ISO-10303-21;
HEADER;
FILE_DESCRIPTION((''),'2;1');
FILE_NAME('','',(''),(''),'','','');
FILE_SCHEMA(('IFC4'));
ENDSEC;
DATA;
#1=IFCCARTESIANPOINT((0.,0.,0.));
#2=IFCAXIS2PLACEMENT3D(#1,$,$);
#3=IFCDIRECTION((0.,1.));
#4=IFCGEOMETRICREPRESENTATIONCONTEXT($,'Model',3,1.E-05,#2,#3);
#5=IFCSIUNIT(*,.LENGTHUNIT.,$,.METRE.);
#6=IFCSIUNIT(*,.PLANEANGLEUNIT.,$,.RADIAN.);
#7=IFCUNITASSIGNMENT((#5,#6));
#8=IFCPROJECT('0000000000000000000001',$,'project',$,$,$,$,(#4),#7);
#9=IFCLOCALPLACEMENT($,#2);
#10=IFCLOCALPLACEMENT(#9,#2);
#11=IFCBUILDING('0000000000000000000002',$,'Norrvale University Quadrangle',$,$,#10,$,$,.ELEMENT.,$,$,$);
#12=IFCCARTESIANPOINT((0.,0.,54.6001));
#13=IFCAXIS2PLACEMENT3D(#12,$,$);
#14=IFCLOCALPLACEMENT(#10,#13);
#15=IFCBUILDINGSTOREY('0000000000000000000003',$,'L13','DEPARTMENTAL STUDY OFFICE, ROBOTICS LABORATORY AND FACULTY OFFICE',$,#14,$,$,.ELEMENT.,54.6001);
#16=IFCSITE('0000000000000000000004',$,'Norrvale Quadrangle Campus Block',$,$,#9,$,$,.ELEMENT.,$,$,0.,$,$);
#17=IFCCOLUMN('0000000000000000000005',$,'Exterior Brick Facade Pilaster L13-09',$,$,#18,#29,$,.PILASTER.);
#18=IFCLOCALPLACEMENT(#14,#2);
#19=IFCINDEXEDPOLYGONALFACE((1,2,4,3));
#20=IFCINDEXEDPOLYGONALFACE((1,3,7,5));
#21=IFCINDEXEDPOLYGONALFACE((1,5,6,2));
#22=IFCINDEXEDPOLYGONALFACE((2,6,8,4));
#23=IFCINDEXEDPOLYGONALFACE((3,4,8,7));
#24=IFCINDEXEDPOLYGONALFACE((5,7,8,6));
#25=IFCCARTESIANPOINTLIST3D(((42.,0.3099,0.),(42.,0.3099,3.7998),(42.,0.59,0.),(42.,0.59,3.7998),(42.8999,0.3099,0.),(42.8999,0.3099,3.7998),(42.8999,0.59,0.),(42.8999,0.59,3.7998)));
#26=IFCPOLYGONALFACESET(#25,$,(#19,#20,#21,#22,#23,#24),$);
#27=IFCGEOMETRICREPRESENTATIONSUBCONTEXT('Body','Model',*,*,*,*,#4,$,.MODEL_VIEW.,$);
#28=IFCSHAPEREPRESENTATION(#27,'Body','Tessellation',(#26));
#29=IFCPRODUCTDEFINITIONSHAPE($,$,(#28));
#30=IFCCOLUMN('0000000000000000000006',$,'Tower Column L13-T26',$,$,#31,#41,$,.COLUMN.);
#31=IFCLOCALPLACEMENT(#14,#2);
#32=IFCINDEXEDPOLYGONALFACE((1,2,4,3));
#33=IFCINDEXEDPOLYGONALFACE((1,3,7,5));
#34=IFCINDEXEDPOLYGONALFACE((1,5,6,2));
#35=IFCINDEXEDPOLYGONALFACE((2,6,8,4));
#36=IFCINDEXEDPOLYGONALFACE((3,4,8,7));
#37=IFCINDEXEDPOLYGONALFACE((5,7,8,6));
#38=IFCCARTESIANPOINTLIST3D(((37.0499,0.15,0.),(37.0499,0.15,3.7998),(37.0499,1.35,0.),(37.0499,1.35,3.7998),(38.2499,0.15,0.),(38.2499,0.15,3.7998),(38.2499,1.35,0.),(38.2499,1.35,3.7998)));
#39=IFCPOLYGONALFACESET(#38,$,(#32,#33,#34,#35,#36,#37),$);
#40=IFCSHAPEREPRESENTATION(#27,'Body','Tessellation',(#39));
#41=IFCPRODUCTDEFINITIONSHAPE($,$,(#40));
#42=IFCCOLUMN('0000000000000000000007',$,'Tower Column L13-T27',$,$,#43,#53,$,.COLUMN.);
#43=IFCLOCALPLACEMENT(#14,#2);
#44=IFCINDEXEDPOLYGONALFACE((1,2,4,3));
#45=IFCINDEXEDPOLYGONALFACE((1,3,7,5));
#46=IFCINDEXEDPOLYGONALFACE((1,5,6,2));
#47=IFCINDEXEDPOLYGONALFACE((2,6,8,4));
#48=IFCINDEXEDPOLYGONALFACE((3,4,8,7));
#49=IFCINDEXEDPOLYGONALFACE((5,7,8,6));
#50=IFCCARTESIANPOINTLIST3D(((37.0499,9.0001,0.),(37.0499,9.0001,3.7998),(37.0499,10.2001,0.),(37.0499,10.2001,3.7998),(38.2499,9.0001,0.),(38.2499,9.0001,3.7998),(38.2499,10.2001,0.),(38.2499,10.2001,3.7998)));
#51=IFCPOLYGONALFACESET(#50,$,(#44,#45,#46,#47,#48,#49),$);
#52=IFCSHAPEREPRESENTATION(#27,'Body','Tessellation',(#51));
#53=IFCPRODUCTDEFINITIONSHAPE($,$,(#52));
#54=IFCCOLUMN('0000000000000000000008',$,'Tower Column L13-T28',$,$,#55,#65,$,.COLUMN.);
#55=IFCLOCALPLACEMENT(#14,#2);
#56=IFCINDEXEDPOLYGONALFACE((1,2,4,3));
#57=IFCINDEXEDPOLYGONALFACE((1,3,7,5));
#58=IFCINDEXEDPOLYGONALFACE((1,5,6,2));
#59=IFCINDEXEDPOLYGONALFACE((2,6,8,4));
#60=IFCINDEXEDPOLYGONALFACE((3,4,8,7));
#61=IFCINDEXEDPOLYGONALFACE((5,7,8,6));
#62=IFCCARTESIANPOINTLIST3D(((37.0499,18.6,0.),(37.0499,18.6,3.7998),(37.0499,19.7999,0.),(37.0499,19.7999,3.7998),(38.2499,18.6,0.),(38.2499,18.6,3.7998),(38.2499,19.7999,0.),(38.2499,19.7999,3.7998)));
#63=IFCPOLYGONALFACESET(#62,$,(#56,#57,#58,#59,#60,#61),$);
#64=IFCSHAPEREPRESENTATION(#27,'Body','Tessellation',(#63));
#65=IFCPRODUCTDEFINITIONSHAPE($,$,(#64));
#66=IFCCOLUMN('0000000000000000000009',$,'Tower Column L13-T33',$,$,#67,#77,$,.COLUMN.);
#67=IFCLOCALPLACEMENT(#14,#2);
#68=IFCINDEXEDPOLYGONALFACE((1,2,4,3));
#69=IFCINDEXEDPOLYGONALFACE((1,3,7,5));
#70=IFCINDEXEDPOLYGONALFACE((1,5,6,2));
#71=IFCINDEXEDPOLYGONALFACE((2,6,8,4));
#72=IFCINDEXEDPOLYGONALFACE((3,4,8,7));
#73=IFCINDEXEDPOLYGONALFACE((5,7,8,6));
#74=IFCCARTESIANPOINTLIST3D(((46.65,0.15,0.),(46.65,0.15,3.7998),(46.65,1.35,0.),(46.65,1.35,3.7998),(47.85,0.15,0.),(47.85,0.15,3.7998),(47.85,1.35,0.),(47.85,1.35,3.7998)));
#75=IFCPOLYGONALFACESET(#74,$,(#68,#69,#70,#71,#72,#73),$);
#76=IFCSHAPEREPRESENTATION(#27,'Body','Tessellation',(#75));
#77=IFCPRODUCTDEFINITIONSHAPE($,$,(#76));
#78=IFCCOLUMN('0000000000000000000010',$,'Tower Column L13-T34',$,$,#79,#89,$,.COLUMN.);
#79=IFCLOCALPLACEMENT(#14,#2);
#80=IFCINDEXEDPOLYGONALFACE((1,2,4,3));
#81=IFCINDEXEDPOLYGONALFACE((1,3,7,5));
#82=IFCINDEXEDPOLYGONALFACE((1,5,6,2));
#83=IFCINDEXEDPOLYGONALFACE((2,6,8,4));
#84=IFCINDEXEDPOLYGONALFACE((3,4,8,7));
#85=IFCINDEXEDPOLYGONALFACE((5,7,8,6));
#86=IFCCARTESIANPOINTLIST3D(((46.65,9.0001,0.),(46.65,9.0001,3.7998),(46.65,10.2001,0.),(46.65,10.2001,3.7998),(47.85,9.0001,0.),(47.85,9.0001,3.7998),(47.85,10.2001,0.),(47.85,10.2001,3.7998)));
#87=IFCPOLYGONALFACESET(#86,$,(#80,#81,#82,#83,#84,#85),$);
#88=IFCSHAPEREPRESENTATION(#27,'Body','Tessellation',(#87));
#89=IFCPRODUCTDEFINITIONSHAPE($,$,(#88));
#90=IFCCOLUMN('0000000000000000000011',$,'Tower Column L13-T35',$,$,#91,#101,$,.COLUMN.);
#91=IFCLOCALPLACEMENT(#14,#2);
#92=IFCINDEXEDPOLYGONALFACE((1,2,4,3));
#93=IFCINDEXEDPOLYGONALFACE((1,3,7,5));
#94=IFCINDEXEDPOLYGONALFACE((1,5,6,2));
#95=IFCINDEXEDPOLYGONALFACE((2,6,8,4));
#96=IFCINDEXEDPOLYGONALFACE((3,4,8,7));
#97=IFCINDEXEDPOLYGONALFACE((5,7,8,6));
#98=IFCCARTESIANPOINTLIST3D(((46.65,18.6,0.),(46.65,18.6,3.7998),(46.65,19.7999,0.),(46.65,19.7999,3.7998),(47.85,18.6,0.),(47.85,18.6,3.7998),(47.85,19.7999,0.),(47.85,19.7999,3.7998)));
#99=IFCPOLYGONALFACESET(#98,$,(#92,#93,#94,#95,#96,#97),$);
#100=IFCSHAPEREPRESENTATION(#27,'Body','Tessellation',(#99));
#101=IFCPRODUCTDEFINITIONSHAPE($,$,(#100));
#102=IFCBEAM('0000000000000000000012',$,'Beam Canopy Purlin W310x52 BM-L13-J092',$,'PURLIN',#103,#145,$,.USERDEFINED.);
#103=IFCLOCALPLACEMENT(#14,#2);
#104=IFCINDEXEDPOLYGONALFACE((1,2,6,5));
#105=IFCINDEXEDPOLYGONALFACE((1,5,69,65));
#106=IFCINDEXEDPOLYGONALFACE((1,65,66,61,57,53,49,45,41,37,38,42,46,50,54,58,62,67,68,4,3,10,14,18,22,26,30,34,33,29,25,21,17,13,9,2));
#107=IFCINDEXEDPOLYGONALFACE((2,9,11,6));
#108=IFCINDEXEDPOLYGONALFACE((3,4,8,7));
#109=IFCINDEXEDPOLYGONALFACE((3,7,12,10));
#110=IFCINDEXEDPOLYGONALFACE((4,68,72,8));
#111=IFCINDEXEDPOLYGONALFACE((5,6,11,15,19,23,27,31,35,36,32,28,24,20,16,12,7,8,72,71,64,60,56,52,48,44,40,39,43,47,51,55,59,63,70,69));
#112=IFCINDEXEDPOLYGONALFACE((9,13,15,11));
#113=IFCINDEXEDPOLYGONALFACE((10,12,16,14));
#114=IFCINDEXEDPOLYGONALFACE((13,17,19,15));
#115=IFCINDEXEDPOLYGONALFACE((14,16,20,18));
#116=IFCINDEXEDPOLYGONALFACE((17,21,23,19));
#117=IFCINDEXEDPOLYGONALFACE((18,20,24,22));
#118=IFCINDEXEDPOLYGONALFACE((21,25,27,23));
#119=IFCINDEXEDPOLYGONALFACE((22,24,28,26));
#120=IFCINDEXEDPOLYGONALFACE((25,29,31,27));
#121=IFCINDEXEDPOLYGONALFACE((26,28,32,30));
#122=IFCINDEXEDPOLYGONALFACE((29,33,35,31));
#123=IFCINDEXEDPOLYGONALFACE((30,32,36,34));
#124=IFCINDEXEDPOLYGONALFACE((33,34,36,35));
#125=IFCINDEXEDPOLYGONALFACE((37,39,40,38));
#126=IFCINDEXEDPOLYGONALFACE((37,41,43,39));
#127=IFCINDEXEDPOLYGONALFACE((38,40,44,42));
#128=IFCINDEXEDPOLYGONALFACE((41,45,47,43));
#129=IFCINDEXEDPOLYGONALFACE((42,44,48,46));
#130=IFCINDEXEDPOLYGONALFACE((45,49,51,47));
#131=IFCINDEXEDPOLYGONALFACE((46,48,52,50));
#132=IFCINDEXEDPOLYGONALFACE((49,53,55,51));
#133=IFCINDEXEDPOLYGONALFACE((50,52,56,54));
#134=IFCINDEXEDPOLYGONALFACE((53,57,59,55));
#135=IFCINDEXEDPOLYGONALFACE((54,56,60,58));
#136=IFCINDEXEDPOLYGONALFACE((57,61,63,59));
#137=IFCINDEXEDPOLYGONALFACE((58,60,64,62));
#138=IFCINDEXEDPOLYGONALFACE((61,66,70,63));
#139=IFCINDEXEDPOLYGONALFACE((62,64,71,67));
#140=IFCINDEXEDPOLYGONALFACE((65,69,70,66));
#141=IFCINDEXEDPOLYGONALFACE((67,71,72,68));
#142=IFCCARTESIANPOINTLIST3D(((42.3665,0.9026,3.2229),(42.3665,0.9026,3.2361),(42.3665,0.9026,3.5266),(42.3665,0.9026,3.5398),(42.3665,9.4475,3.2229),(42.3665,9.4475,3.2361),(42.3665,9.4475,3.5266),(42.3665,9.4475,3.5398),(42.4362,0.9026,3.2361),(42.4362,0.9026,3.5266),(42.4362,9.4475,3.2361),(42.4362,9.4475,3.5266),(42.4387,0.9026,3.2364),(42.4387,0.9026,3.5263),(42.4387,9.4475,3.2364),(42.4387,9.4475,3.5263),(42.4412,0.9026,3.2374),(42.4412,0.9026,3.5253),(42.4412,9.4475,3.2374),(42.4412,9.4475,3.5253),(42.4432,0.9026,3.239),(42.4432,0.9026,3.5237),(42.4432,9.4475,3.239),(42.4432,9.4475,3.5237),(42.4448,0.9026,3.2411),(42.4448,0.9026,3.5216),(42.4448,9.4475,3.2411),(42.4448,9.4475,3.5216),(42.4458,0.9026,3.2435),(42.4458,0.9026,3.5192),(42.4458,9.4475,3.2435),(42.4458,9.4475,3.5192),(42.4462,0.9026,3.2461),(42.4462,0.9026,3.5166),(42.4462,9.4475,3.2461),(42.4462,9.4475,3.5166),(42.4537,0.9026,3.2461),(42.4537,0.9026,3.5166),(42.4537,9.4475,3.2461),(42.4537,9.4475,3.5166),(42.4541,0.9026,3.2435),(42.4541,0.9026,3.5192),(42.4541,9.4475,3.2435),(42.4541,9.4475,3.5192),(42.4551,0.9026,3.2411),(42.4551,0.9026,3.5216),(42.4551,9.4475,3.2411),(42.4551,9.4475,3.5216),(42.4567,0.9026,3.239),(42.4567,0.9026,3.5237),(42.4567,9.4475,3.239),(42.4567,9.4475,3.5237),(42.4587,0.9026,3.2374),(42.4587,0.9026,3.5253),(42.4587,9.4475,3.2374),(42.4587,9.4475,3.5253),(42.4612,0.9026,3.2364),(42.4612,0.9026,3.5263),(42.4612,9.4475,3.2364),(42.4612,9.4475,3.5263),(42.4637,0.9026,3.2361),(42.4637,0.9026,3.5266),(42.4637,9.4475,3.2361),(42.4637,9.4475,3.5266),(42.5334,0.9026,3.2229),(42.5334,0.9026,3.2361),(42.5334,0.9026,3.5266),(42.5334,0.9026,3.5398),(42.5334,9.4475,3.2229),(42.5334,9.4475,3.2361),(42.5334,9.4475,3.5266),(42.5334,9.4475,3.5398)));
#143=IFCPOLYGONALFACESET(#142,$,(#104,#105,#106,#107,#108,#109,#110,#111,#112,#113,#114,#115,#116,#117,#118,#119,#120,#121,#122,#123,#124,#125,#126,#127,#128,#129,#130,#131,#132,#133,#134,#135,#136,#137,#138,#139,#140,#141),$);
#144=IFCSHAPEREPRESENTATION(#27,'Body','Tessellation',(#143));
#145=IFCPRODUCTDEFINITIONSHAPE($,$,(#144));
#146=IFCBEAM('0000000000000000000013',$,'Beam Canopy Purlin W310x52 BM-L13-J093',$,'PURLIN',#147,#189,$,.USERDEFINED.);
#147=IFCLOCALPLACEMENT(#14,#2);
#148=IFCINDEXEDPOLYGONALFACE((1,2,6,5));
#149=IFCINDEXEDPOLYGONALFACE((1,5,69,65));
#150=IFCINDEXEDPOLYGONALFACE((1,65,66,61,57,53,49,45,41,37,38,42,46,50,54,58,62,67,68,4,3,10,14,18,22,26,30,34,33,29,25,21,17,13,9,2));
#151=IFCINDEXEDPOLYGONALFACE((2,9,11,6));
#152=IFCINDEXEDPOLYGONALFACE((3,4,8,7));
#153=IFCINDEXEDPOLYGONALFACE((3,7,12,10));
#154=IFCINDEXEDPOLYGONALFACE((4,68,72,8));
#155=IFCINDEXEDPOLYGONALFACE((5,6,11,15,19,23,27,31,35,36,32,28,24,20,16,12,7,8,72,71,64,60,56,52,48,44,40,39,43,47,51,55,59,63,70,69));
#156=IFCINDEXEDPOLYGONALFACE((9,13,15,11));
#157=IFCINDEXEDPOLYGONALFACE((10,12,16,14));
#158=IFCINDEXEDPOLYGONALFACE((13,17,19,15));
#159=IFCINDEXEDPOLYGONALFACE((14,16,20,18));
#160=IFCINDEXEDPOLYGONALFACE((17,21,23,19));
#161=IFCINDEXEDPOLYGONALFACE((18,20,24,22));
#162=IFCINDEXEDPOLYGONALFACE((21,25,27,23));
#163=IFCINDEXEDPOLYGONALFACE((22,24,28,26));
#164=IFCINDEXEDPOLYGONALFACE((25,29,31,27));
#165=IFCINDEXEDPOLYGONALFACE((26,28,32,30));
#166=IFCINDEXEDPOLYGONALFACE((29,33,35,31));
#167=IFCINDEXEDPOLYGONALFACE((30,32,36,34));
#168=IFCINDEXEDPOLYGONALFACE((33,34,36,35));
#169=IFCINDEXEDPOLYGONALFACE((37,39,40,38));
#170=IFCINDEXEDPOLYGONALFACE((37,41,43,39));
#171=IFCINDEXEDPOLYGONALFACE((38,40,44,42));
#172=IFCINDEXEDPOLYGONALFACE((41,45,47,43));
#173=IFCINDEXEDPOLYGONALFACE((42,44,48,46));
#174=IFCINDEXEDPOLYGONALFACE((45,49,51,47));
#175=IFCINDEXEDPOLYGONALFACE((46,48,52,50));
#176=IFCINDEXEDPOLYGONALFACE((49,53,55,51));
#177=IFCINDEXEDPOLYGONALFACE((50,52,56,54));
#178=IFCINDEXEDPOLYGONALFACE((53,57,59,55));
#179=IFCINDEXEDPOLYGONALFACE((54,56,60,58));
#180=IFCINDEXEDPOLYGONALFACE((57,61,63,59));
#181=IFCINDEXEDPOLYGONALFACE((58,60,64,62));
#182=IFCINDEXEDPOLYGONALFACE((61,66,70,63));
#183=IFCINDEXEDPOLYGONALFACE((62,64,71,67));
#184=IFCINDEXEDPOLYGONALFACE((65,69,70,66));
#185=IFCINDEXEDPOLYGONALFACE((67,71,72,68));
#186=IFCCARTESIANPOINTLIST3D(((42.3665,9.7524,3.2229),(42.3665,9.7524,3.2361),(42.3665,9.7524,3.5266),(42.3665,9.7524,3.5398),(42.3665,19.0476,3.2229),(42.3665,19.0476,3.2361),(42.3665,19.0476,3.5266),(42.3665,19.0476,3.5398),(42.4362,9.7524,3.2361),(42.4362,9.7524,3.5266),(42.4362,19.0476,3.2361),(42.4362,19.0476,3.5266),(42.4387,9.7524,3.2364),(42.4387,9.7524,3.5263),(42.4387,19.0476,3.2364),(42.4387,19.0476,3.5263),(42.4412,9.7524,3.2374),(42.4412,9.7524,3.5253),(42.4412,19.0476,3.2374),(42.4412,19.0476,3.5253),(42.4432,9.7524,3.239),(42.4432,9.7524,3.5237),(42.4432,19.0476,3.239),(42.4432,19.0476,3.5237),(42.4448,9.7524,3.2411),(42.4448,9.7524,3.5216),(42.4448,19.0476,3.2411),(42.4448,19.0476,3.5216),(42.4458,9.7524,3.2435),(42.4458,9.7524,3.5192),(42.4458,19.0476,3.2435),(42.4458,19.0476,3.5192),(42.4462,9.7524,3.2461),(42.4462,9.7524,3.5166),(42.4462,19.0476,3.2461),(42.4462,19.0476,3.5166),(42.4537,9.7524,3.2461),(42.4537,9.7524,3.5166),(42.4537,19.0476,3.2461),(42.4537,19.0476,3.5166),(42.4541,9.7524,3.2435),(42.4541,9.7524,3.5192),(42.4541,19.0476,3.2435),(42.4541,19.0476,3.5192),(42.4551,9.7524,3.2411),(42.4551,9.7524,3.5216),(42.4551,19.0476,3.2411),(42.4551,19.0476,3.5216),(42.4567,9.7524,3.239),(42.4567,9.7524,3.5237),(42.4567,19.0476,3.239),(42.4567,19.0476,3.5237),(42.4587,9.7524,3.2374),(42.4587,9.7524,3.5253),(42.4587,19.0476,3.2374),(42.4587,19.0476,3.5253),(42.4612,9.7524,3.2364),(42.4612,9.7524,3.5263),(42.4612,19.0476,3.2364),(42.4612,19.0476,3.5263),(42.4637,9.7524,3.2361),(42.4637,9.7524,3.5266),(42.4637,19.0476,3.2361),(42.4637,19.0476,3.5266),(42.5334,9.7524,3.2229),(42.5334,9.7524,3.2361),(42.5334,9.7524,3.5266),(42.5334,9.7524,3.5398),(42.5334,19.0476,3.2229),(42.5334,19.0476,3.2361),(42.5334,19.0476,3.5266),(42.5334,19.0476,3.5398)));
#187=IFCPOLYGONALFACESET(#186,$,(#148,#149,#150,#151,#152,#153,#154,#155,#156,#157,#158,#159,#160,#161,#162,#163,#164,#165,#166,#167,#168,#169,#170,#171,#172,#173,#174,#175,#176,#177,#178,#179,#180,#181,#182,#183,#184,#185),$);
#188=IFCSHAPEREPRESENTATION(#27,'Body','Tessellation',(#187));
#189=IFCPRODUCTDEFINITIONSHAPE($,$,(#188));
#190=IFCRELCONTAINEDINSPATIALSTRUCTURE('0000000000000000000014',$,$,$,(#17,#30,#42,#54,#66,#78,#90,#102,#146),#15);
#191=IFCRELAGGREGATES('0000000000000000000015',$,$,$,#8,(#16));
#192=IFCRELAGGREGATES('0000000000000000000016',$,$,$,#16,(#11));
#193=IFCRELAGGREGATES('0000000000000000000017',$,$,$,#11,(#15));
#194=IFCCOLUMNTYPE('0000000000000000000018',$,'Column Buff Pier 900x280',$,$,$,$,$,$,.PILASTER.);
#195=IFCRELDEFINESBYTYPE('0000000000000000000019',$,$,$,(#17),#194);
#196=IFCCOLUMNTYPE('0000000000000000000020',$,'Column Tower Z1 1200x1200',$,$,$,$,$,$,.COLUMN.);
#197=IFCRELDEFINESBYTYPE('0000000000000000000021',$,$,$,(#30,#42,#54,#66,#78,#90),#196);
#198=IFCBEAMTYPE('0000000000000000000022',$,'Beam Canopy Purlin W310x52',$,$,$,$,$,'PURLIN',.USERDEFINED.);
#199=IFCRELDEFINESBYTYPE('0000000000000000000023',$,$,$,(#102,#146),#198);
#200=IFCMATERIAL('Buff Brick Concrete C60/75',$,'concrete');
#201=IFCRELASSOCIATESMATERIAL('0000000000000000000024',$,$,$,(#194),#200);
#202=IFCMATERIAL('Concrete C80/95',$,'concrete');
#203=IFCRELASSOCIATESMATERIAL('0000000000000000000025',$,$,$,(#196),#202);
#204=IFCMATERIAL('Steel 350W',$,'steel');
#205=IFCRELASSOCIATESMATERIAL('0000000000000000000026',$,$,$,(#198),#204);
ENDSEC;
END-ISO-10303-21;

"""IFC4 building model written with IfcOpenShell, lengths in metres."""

from ifc_helpers import new_model, si_unit, direction, frame, origin, origin_2d, place, context, subcontext, project, spatial, rectangle, i_section, extrude, material, material_profile, profile_set, type_object, element, save


model = new_model("IFC4")

# Units and contexts
model_context = context("Model", 3, precision=1e-05, world=origin(), true_north=direction((0.0, 1.0)))
body_context = subcontext(model_context, "Body", "Model", "MODEL_VIEW")
ifc_project = project(units=[si_unit("LENGTHUNIT", "METRE"), si_unit("PLANEANGLEUNIT", "RADIAN")], contexts=[model_context])

# Site, building, storey
site_placement = place(None, origin())
site = spatial("IfcSite", under=ifc_project, at=site_placement, Name="Norrvale Quadrangle Campus Block", CompositionType="ELEMENT", RefElevation=0.0)
building_placement = place(site_placement, origin())
building = spatial("IfcBuilding", under=site, at=building_placement, Name="Norrvale University Quadrangle", CompositionType="ELEMENT")
storey_placement = place(building_placement, frame((0.0, 0.0, 54.6001)))
storey = spatial("IfcBuildingStorey", under=building, at=storey_placement, Name="L13", Description="DEPARTMENTAL STUDY OFFICE, ROBOTICS LABORATORY AND FACULTY OFFICE", CompositionType="ELEMENT", Elevation=54.6001)

# Columns
ifc_material_1 = material(Name="Buff Brick Concrete C60/75", Category="concrete")
ifc_material_profile_1 = material_profile(ifc_material_1, rectangle(XDim=0.8999, YDim=0.28, at=origin_2d()), Name="Buff Brick Concrete C60/75")
ifc_profile_set_1 = profile_set([ifc_material_profile_1], Name="Buff Brick Concrete C60/75")
column_type_1 = type_object("IfcColumnType", Name="Column Buff Pier 900x280", PredefinedType="PILASTER", material=ifc_profile_set_1)
column_placement = place(storey_placement, frame((42.45, 0.45, 0.0), z_axis=(0.0, 0.0, 1.0), x_axis=(1.0, 0.0, 0.0)))
element("IfcColumn", 1, at=column_placement, inside=storey, type_object=column_type_1, Name="Exterior Brick Facade Pilaster L13-09", PredefinedType="PILASTER", context=body_context, shape_type="SweptSolid", body=[
    extrude(rectangle(XDim=0.8999, YDim=0.28, at=origin_2d()), origin(), (0.0, 0.0, 1.0), 3.7998),
])
ifc_material_2 = material(Name="Concrete C80/95", Category="concrete")
ifc_material_profile_2 = material_profile(ifc_material_2, rectangle(XDim=1.2, YDim=1.2, at=origin_2d()), Name="Concrete C80/95")
ifc_profile_set_2 = profile_set([ifc_material_profile_2], Name="Concrete C80/95")
column_type_2 = type_object("IfcColumnType", Name="Column Tower Z1 1200x1200", PredefinedType="COLUMN", material=ifc_profile_set_2)
for number, where, z_axis, x_axis, name in (
    (2, (37.6499, 0.75, 0.0), (0.0, 0.0, 1.0), (1.0, 0.0, 0.0), "Tower Column L13-T26"),
    (3, (37.6499, 9.6001, 0.0), (0.0, 0.0, 1.0), (1.0, 0.0, 0.0), "Tower Column L13-T27"),
    (4, (37.6499, 19.2, 0.0), (0.0, 0.0, 1.0), (1.0, 0.0, 0.0), "Tower Column L13-T28"),
    (5, (47.25, 0.75, 0.0), (0.0, 0.0, 1.0), (1.0, 0.0, 0.0), "Tower Column L13-T33"),
    (6, (47.25, 9.6001, 0.0), (0.0, 0.0, 1.0), (1.0, 0.0, 0.0), "Tower Column L13-T34"),
    (7, (47.25, 19.2, 0.0), (0.0, 0.0, 1.0), (1.0, 0.0, 0.0), "Tower Column L13-T35"),
):
    element("IfcColumn", number, at=place(storey_placement, frame(where, z_axis=z_axis, x_axis=x_axis)), inside=storey, type_object=column_type_2, Name=name, PredefinedType="COLUMN", context=body_context, shape_type="SweptSolid", body=[
        extrude(rectangle(XDim=1.2, YDim=1.2, at=origin_2d()), origin(), (0.0, 0.0, 1.0), 3.7998),
    ])

# Beams
ifc_material_3 = material(Name="Steel 350W", Category="steel")
ifc_material_profile_3 = material_profile(ifc_material_3, i_section(OverallWidth=0.167, OverallDepth=0.3169, WebThickness=0.0076, FlangeThickness=0.0132, FilletRadius=0.01, at=origin_2d()), Name="Steel 350W")
ifc_profile_set_3 = profile_set([ifc_material_profile_3], Name="Steel 350W")
beam_type_1 = type_object("IfcBeamType", Name="Beam Canopy Purlin W310x52", ElementType="PURLIN", PredefinedType="USERDEFINED", material=ifc_profile_set_3)
beam_1_placement = place(storey_placement, frame((42.45, 0.9026, 3.3813), z_axis=(0.0, 1.0, 0.0), x_axis=(-1.0, 0.0, 0.0)))
element("IfcBeam", 8, at=beam_1_placement, inside=storey, type_object=beam_type_1, Name="Beam Canopy Purlin W310x52 BM-L13-J092", ObjectType="PURLIN", PredefinedType="USERDEFINED", context=body_context, shape_type="SweptSolid", body=[
    extrude(i_section(OverallWidth=0.167, OverallDepth=0.3169, WebThickness=0.0076, FlangeThickness=0.0132, FilletRadius=0.01, at=origin_2d()), origin(), (0.0, 0.0, 1.0), 8.5449),
])
beam_2_placement = place(storey_placement, frame((42.45, 9.7524, 3.3813), z_axis=(0.0, 1.0, 0.0), x_axis=(-1.0, 0.0, 0.0)))
element("IfcBeam", 9, at=beam_2_placement, inside=storey, type_object=beam_type_1, Name="Beam Canopy Purlin W310x52 BM-L13-J093", ObjectType="PURLIN", PredefinedType="USERDEFINED", context=body_context, shape_type="SweptSolid", body=[
    extrude(i_section(OverallWidth=0.167, OverallDepth=0.3169, WebThickness=0.0076, FlangeThickness=0.0132, FilletRadius=0.01, at=origin_2d()), origin(), (0.0, 0.0, 1.0), 9.2952),
])

save(model, "model.ifc")
